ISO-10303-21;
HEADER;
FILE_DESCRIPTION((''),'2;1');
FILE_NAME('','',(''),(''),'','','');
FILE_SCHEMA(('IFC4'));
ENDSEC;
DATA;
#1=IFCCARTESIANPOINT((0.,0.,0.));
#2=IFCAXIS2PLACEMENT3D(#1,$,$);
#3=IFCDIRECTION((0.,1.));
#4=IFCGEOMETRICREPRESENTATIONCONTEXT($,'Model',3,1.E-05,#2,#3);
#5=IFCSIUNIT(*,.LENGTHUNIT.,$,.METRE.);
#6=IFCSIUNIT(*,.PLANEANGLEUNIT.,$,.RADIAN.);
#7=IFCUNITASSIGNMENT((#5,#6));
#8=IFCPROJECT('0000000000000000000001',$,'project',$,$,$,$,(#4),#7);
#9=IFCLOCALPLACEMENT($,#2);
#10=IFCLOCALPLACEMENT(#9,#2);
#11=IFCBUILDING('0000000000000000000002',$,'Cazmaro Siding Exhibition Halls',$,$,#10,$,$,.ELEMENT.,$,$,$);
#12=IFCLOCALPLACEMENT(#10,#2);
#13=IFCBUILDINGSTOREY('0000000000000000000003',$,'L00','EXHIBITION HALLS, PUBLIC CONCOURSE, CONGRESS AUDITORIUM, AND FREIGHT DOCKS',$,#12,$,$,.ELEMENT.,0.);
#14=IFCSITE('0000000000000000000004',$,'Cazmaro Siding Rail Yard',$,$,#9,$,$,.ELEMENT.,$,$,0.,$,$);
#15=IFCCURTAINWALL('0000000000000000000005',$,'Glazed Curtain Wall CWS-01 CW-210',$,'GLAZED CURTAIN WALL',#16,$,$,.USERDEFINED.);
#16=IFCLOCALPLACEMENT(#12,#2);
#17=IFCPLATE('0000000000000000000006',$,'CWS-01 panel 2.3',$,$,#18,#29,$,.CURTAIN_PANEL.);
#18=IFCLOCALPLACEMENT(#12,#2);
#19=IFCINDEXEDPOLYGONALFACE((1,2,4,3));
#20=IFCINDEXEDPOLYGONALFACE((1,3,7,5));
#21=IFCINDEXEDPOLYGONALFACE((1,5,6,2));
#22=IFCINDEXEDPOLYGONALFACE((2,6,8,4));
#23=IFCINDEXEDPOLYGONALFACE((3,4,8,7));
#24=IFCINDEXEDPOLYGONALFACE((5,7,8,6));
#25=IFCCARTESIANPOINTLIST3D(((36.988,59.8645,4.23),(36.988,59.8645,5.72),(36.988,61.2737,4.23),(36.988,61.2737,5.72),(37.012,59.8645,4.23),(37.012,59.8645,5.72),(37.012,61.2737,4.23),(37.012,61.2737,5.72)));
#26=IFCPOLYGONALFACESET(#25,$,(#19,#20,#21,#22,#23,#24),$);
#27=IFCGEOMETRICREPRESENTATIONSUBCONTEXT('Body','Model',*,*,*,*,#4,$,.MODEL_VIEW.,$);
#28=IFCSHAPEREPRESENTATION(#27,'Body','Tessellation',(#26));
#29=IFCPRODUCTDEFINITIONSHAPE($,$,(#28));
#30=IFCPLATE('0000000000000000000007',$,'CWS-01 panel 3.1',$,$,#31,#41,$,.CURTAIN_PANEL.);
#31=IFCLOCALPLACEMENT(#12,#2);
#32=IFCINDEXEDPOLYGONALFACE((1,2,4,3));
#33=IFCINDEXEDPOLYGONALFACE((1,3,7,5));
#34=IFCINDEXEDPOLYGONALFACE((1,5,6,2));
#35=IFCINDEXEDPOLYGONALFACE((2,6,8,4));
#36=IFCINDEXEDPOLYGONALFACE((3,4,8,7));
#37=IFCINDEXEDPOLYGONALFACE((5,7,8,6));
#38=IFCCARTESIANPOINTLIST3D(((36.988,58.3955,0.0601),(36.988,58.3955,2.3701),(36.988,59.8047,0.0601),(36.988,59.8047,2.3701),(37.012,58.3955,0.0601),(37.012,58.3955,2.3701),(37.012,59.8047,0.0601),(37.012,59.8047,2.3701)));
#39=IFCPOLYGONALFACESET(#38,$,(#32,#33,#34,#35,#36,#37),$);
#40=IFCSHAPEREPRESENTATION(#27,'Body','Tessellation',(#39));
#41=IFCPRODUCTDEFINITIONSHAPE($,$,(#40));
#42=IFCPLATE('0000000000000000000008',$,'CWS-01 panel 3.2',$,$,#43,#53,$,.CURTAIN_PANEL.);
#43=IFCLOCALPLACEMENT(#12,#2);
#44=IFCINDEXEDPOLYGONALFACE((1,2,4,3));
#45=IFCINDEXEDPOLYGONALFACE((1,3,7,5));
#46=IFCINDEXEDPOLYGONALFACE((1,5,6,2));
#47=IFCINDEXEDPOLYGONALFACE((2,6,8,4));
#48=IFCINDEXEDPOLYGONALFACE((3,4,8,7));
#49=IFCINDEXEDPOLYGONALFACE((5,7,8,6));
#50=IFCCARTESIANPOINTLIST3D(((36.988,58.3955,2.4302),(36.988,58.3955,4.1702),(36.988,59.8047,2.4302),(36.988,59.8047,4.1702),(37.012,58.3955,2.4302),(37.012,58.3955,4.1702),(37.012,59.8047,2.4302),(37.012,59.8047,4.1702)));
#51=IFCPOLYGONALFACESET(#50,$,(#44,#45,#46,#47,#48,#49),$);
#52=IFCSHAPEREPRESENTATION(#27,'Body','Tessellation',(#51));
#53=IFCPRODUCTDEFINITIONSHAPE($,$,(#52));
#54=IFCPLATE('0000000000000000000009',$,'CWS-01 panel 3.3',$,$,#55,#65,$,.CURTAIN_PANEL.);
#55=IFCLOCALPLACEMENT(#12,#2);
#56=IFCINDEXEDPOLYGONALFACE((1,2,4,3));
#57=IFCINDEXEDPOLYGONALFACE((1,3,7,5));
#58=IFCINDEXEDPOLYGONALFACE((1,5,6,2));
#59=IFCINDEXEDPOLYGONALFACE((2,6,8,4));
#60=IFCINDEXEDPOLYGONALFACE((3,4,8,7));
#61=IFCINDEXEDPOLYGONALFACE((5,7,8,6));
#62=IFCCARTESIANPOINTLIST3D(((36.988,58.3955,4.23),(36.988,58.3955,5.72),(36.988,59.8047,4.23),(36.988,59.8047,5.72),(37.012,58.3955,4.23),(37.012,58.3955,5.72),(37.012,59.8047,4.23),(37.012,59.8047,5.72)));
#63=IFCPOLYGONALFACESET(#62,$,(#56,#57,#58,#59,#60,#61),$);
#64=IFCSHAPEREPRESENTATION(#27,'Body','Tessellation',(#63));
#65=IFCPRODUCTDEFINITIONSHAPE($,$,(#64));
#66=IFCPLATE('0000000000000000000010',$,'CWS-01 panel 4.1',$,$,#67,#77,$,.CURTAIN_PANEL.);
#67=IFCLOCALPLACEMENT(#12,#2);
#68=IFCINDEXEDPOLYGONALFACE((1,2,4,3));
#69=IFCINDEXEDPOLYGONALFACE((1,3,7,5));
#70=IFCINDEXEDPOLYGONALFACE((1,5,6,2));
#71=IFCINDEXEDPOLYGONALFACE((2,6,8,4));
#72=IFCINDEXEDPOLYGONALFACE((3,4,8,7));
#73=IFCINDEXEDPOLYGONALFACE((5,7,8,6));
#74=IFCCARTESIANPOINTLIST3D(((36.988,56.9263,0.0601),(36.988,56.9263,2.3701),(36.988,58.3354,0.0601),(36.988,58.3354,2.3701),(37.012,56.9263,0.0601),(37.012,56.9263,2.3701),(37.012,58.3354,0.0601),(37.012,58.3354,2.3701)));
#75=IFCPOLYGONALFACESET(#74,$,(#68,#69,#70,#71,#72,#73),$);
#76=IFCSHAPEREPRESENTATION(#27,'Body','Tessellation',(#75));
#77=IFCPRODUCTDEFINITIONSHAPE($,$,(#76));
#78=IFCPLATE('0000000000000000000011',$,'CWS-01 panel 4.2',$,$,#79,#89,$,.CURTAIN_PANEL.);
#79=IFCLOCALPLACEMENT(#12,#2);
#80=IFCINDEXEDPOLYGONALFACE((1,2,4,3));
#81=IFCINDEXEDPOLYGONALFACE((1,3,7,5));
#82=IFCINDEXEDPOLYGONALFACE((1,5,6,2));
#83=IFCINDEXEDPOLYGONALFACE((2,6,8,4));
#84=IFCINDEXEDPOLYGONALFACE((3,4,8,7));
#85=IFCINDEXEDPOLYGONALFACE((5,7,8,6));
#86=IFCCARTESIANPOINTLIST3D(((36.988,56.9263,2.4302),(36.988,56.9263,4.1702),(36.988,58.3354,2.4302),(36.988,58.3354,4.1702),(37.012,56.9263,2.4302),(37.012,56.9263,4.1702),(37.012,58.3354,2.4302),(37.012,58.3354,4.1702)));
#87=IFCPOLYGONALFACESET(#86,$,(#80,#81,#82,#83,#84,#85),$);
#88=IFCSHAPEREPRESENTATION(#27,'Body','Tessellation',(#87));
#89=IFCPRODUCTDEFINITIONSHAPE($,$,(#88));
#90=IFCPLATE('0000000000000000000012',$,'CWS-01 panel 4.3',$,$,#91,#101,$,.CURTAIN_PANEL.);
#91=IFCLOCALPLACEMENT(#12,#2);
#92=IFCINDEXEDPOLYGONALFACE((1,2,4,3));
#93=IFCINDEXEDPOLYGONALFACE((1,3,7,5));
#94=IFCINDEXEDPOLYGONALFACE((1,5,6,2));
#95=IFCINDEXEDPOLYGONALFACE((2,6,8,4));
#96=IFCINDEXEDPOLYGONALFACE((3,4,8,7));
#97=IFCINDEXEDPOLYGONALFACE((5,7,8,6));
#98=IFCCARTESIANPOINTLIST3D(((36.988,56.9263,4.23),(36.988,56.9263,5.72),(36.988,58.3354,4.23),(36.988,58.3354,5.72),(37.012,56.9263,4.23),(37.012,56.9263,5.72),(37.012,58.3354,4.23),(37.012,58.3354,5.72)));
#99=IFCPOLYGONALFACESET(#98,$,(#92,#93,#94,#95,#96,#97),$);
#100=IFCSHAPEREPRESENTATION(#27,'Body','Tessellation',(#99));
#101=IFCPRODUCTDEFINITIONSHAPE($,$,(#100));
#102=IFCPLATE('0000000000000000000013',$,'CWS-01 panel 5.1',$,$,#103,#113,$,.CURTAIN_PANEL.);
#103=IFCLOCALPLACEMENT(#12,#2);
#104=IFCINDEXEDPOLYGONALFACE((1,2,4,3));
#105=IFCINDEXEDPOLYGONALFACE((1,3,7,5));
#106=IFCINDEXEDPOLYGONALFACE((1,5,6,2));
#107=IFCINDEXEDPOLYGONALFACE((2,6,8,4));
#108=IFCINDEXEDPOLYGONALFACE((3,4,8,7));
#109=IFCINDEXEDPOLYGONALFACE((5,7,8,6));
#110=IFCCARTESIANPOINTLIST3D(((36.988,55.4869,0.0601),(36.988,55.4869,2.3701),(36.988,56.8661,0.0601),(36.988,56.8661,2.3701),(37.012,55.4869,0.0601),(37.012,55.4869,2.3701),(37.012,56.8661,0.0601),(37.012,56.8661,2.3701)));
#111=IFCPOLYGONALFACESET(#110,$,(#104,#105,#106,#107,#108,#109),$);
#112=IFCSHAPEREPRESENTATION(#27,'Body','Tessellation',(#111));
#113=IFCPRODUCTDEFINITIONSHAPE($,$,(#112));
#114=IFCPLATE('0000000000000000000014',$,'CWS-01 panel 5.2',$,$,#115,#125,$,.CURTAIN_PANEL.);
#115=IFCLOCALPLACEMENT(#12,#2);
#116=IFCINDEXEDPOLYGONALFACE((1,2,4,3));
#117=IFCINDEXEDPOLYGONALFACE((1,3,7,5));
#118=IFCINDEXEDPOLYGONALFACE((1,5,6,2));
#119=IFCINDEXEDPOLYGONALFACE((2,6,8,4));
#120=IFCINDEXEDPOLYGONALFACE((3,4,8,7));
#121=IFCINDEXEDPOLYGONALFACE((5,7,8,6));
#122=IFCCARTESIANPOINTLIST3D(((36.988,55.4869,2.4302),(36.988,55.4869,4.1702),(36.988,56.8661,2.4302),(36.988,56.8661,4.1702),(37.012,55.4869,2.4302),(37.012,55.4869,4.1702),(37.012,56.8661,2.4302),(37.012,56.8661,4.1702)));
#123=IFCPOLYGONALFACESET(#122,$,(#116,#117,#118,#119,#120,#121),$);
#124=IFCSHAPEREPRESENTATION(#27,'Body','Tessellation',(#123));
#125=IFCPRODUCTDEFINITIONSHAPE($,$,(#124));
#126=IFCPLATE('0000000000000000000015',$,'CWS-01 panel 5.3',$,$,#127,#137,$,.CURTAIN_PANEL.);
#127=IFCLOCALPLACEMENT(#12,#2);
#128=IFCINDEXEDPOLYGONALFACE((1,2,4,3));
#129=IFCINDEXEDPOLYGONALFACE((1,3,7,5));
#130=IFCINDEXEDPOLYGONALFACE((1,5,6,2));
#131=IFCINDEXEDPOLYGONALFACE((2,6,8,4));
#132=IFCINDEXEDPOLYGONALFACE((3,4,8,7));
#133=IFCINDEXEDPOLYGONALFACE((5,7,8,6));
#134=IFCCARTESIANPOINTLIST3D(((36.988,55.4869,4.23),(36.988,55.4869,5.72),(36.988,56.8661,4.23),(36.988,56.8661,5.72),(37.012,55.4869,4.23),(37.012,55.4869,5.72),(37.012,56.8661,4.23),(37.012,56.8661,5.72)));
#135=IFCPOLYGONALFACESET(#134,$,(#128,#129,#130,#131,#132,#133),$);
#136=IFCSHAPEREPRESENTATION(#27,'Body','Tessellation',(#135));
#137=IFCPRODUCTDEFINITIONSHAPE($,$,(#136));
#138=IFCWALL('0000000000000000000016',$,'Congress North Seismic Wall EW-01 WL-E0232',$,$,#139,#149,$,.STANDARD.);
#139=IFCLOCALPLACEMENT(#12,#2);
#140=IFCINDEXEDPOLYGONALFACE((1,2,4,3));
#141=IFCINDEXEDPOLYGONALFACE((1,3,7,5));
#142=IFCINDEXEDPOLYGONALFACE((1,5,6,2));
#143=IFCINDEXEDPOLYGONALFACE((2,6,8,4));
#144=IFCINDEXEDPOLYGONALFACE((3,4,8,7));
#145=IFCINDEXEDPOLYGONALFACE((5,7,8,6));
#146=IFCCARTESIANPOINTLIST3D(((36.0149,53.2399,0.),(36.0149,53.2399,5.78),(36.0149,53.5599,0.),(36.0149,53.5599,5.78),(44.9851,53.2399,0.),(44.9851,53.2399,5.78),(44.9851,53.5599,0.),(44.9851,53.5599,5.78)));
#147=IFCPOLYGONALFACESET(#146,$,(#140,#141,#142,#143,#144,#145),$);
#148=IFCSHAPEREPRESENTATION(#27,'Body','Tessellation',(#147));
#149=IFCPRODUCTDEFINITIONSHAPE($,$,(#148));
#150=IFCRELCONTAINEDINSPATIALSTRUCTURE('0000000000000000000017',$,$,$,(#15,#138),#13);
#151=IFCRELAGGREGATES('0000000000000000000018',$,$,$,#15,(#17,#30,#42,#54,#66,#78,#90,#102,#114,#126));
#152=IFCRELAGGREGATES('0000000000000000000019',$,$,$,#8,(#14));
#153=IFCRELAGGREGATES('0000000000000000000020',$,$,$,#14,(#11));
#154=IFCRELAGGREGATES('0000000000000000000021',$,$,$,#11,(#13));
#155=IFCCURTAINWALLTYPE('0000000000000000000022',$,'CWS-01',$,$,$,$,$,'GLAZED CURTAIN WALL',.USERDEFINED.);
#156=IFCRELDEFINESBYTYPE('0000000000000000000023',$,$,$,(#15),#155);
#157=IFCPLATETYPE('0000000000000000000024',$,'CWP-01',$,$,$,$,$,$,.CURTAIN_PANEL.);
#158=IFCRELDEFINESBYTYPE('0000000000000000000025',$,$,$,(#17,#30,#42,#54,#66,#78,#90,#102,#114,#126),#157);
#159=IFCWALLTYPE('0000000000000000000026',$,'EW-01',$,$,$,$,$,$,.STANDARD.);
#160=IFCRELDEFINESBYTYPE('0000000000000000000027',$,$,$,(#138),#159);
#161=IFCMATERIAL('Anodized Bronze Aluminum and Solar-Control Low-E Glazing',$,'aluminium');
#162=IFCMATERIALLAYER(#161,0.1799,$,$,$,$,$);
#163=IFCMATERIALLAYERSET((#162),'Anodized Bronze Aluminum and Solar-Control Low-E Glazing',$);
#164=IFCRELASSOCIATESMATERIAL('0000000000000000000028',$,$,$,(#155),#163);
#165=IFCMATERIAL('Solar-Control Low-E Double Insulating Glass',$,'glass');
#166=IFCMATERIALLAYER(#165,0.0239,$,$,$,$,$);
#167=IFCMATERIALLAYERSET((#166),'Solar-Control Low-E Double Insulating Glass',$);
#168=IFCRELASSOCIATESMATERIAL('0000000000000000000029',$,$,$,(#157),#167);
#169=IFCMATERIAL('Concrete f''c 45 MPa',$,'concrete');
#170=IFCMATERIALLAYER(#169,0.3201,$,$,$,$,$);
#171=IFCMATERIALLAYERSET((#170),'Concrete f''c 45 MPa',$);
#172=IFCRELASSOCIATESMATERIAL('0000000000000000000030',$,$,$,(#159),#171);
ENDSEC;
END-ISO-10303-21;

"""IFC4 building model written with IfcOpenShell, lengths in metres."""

from ifc_helpers import new_model, si_unit, direction, frame, frame_2d, origin, origin_2d, place, context, subcontext, project, spatial, rectangle, extrude, material, layer, layer_set, type_object, element, aggregate, save


model = new_model("IFC4")

# Units and contexts
model_context = context("Model", 3, precision=1e-05, world=origin(), true_north=direction((0.0, 1.0)))
body_context = subcontext(model_context, "Body", "Model", "MODEL_VIEW")
ifc_project = project(units=[si_unit("LENGTHUNIT", "METRE"), si_unit("PLANEANGLEUNIT", "RADIAN")], contexts=[model_context])

# Site, building, storey
site_placement = place(None, origin())
site = spatial("IfcSite", under=ifc_project, at=site_placement, Name="Cazmaro Siding Rail Yard", CompositionType="ELEMENT", RefElevation=0.0)
building_placement = place(site_placement, origin())
building = spatial("IfcBuilding", under=site, at=building_placement, Name="Cazmaro Siding Exhibition Halls", CompositionType="ELEMENT")
storey_placement = place(building_placement, origin())
storey = spatial("IfcBuildingStorey", under=building, at=storey_placement, Name="L00", Description="EXHIBITION HALLS, PUBLIC CONCOURSE, CONGRESS AUDITORIUM, AND FREIGHT DOCKS", CompositionType="ELEMENT", Elevation=0.0)

# Curtain wall, plates
ifc_material_1 = material(Name="Anodized Bronze Aluminum and Solar-Control Low-E Glazing", Category="aluminium")
ifc_layer_1 = layer(ifc_material_1, 0.1799)
ifc_layer_set_1 = layer_set([ifc_layer_1], Name="Anodized Bronze Aluminum and Solar-Control Low-E Glazing")
curtain_wall_type = type_object("IfcCurtainWallType", Name="CWS-01", ElementType="GLAZED CURTAIN WALL", PredefinedType="USERDEFINED", material=ifc_layer_set_1)
curtain_wall_placement = place(storey_placement, origin())
curtain_wall = element("IfcCurtainWall", 1, at=curtain_wall_placement, inside=storey, type_object=curtain_wall_type, Name="Glazed Curtain Wall CWS-01 CW-210", ObjectType="GLAZED CURTAIN WALL", PredefinedType="USERDEFINED")
ifc_material_2 = material(Name="Solar-Control Low-E Double Insulating Glass", Category="glass")
ifc_layer_2 = layer(ifc_material_2, 0.0239)
ifc_layer_set_2 = layer_set([ifc_layer_2], Name="Solar-Control Low-E Double Insulating Glass")
plate_type = type_object("IfcPlateType", Name="CWP-01", PredefinedType="CURTAIN_PANEL", material=ifc_layer_set_2)
plate_1_placement = place(storey_placement, frame((37.0, 60.5691, 4.23), z_axis=(0.0, 0.0, 1.0), x_axis=(0.0, -1.0, 0.0)))
plate_1 = element("IfcPlate", 2, at=plate_1_placement, type_object=plate_type, Name="CWS-01 panel 2.3", PredefinedType="CURTAIN_PANEL", context=body_context, shape_type="SweptSolid", body=[
    extrude(rectangle(XDim=1.4092, YDim=0.0239, at=origin_2d()), origin(), (0.0, 0.0, 1.0), 1.49),
])
plate_2_placement = place(storey_placement, frame((37.0, 59.1001, 0.0601), z_axis=(0.0, 0.0, 1.0), x_axis=(0.0, -1.0, 0.0)))
plate_2 = element("IfcPlate", 3, at=plate_2_placement, type_object=plate_type, Name="CWS-01 panel 3.1", PredefinedType="CURTAIN_PANEL", context=body_context, shape_type="SweptSolid", body=[
    extrude(rectangle(XDim=1.4092, YDim=0.0239, at=origin_2d()), origin(), (0.0, 0.0, 1.0), 2.3101),
])
plate_3_placement = place(storey_placement, frame((37.0, 59.1001, 2.4302), z_axis=(0.0, 0.0, 1.0), x_axis=(0.0, -1.0, 0.0)))
plate_3 = element("IfcPlate", 4, at=plate_3_placement, type_object=plate_type, Name="CWS-01 panel 3.2", PredefinedType="CURTAIN_PANEL", context=body_context, shape_type="SweptSolid", body=[
    extrude(rectangle(XDim=1.4092, YDim=0.0239, at=origin_2d()), origin(), (0.0, 0.0, 1.0), 1.74),
])
plate_4_placement = place(storey_placement, frame((37.0, 59.1001, 4.23), z_axis=(0.0, 0.0, 1.0), x_axis=(0.0, -1.0, 0.0)))
plate_4 = element("IfcPlate", 5, at=plate_4_placement, type_object=plate_type, Name="CWS-01 panel 3.3", PredefinedType="CURTAIN_PANEL", context=body_context, shape_type="SweptSolid", body=[
    extrude(rectangle(XDim=1.4092, YDim=0.0239, at=origin_2d()), origin(), (0.0, 0.0, 1.0), 1.49),
])
plate_5_placement = place(storey_placement, frame((37.0, 57.6309, 0.0601), z_axis=(0.0, 0.0, 1.0), x_axis=(0.0, -1.0, 0.0)))
plate_5 = element("IfcPlate", 6, at=plate_5_placement, type_object=plate_type, Name="CWS-01 panel 4.1", PredefinedType="CURTAIN_PANEL", context=body_context, shape_type="SweptSolid", body=[
    extrude(rectangle(XDim=1.4092, YDim=0.0239, at=origin_2d()), origin(), (0.0, 0.0, 1.0), 2.3101),
])
plate_6_placement = place(storey_placement, frame((37.0, 57.6309, 2.4302), z_axis=(0.0, 0.0, 1.0), x_axis=(0.0, -1.0, 0.0)))
plate_6 = element("IfcPlate", 7, at=plate_6_placement, type_object=plate_type, Name="CWS-01 panel 4.2", PredefinedType="CURTAIN_PANEL", context=body_context, shape_type="SweptSolid", body=[
    extrude(rectangle(XDim=1.4092, YDim=0.0239, at=origin_2d()), origin(), (0.0, 0.0, 1.0), 1.74),
])
plate_7_placement = place(storey_placement, frame((37.0, 57.6309, 4.23), z_axis=(0.0, 0.0, 1.0), x_axis=(0.0, -1.0, 0.0)))
plate_7 = element("IfcPlate", 8, at=plate_7_placement, type_object=plate_type, Name="CWS-01 panel 4.3", PredefinedType="CURTAIN_PANEL", context=body_context, shape_type="SweptSolid", body=[
    extrude(rectangle(XDim=1.4092, YDim=0.0239, at=origin_2d()), origin(), (0.0, 0.0, 1.0), 1.49),
])
plate_8_placement = place(storey_placement, frame((37.0, 56.1765, 0.0601), z_axis=(0.0, 0.0, 1.0), x_axis=(0.0, -1.0, 0.0)))
plate_8 = element("IfcPlate", 9, at=plate_8_placement, type_object=plate_type, Name="CWS-01 panel 5.1", PredefinedType="CURTAIN_PANEL", context=body_context, shape_type="SweptSolid", body=[
    extrude(rectangle(XDim=1.3792, YDim=0.0239, at=origin_2d()), origin(), (0.0, 0.0, 1.0), 2.3101),
])
plate_9_placement = place(storey_placement, frame((37.0, 56.1765, 2.4302), z_axis=(0.0, 0.0, 1.0), x_axis=(0.0, -1.0, 0.0)))
plate_9 = element("IfcPlate", 10, at=plate_9_placement, type_object=plate_type, Name="CWS-01 panel 5.2", PredefinedType="CURTAIN_PANEL", context=body_context, shape_type="SweptSolid", body=[
    extrude(rectangle(XDim=1.3792, YDim=0.0239, at=origin_2d()), origin(), (0.0, 0.0, 1.0), 1.74),
])
plate_10_placement = place(storey_placement, frame((37.0, 56.1765, 4.23), z_axis=(0.0, 0.0, 1.0), x_axis=(0.0, -1.0, 0.0)))
plate_10 = element("IfcPlate", 11, at=plate_10_placement, type_object=plate_type, Name="CWS-01 panel 5.3", PredefinedType="CURTAIN_PANEL", context=body_context, shape_type="SweptSolid", body=[
    extrude(rectangle(XDim=1.3792, YDim=0.0239, at=origin_2d()), origin(), (0.0, 0.0, 1.0), 1.49),
])
aggregate(curtain_wall, [plate_1, plate_2, plate_3, plate_4, plate_5, plate_6, plate_7, plate_8, plate_9, plate_10])

# Wall
ifc_material_3 = material(Name="Concrete f'c 45 MPa", Category="concrete")
ifc_layer_3 = layer(ifc_material_3, 0.3201)
ifc_layer_set_3 = layer_set([ifc_layer_3], Name="Concrete f'c 45 MPa")
wall_type = type_object("IfcWallType", Name="EW-01", PredefinedType="STANDARD", material=ifc_layer_set_3)
wall_placement = place(storey_placement, frame((36.0149, 53.3999, 0.0), z_axis=(0.0, 0.0, 1.0), x_axis=(1.0, 0.0, 0.0)))
element("IfcWall", 12, at=wall_placement, inside=storey, type_object=wall_type, Name="Congress North Seismic Wall EW-01 WL-E0232", PredefinedType="STANDARD", context=body_context, shape_type="SweptSolid", body=[
    extrude(rectangle(XDim=8.9702, YDim=0.3201, at=frame_2d((4.4851, 0.0))), origin(), (0.0, 0.0, 1.0), 5.78),
])

save(model, "model.ifc")
